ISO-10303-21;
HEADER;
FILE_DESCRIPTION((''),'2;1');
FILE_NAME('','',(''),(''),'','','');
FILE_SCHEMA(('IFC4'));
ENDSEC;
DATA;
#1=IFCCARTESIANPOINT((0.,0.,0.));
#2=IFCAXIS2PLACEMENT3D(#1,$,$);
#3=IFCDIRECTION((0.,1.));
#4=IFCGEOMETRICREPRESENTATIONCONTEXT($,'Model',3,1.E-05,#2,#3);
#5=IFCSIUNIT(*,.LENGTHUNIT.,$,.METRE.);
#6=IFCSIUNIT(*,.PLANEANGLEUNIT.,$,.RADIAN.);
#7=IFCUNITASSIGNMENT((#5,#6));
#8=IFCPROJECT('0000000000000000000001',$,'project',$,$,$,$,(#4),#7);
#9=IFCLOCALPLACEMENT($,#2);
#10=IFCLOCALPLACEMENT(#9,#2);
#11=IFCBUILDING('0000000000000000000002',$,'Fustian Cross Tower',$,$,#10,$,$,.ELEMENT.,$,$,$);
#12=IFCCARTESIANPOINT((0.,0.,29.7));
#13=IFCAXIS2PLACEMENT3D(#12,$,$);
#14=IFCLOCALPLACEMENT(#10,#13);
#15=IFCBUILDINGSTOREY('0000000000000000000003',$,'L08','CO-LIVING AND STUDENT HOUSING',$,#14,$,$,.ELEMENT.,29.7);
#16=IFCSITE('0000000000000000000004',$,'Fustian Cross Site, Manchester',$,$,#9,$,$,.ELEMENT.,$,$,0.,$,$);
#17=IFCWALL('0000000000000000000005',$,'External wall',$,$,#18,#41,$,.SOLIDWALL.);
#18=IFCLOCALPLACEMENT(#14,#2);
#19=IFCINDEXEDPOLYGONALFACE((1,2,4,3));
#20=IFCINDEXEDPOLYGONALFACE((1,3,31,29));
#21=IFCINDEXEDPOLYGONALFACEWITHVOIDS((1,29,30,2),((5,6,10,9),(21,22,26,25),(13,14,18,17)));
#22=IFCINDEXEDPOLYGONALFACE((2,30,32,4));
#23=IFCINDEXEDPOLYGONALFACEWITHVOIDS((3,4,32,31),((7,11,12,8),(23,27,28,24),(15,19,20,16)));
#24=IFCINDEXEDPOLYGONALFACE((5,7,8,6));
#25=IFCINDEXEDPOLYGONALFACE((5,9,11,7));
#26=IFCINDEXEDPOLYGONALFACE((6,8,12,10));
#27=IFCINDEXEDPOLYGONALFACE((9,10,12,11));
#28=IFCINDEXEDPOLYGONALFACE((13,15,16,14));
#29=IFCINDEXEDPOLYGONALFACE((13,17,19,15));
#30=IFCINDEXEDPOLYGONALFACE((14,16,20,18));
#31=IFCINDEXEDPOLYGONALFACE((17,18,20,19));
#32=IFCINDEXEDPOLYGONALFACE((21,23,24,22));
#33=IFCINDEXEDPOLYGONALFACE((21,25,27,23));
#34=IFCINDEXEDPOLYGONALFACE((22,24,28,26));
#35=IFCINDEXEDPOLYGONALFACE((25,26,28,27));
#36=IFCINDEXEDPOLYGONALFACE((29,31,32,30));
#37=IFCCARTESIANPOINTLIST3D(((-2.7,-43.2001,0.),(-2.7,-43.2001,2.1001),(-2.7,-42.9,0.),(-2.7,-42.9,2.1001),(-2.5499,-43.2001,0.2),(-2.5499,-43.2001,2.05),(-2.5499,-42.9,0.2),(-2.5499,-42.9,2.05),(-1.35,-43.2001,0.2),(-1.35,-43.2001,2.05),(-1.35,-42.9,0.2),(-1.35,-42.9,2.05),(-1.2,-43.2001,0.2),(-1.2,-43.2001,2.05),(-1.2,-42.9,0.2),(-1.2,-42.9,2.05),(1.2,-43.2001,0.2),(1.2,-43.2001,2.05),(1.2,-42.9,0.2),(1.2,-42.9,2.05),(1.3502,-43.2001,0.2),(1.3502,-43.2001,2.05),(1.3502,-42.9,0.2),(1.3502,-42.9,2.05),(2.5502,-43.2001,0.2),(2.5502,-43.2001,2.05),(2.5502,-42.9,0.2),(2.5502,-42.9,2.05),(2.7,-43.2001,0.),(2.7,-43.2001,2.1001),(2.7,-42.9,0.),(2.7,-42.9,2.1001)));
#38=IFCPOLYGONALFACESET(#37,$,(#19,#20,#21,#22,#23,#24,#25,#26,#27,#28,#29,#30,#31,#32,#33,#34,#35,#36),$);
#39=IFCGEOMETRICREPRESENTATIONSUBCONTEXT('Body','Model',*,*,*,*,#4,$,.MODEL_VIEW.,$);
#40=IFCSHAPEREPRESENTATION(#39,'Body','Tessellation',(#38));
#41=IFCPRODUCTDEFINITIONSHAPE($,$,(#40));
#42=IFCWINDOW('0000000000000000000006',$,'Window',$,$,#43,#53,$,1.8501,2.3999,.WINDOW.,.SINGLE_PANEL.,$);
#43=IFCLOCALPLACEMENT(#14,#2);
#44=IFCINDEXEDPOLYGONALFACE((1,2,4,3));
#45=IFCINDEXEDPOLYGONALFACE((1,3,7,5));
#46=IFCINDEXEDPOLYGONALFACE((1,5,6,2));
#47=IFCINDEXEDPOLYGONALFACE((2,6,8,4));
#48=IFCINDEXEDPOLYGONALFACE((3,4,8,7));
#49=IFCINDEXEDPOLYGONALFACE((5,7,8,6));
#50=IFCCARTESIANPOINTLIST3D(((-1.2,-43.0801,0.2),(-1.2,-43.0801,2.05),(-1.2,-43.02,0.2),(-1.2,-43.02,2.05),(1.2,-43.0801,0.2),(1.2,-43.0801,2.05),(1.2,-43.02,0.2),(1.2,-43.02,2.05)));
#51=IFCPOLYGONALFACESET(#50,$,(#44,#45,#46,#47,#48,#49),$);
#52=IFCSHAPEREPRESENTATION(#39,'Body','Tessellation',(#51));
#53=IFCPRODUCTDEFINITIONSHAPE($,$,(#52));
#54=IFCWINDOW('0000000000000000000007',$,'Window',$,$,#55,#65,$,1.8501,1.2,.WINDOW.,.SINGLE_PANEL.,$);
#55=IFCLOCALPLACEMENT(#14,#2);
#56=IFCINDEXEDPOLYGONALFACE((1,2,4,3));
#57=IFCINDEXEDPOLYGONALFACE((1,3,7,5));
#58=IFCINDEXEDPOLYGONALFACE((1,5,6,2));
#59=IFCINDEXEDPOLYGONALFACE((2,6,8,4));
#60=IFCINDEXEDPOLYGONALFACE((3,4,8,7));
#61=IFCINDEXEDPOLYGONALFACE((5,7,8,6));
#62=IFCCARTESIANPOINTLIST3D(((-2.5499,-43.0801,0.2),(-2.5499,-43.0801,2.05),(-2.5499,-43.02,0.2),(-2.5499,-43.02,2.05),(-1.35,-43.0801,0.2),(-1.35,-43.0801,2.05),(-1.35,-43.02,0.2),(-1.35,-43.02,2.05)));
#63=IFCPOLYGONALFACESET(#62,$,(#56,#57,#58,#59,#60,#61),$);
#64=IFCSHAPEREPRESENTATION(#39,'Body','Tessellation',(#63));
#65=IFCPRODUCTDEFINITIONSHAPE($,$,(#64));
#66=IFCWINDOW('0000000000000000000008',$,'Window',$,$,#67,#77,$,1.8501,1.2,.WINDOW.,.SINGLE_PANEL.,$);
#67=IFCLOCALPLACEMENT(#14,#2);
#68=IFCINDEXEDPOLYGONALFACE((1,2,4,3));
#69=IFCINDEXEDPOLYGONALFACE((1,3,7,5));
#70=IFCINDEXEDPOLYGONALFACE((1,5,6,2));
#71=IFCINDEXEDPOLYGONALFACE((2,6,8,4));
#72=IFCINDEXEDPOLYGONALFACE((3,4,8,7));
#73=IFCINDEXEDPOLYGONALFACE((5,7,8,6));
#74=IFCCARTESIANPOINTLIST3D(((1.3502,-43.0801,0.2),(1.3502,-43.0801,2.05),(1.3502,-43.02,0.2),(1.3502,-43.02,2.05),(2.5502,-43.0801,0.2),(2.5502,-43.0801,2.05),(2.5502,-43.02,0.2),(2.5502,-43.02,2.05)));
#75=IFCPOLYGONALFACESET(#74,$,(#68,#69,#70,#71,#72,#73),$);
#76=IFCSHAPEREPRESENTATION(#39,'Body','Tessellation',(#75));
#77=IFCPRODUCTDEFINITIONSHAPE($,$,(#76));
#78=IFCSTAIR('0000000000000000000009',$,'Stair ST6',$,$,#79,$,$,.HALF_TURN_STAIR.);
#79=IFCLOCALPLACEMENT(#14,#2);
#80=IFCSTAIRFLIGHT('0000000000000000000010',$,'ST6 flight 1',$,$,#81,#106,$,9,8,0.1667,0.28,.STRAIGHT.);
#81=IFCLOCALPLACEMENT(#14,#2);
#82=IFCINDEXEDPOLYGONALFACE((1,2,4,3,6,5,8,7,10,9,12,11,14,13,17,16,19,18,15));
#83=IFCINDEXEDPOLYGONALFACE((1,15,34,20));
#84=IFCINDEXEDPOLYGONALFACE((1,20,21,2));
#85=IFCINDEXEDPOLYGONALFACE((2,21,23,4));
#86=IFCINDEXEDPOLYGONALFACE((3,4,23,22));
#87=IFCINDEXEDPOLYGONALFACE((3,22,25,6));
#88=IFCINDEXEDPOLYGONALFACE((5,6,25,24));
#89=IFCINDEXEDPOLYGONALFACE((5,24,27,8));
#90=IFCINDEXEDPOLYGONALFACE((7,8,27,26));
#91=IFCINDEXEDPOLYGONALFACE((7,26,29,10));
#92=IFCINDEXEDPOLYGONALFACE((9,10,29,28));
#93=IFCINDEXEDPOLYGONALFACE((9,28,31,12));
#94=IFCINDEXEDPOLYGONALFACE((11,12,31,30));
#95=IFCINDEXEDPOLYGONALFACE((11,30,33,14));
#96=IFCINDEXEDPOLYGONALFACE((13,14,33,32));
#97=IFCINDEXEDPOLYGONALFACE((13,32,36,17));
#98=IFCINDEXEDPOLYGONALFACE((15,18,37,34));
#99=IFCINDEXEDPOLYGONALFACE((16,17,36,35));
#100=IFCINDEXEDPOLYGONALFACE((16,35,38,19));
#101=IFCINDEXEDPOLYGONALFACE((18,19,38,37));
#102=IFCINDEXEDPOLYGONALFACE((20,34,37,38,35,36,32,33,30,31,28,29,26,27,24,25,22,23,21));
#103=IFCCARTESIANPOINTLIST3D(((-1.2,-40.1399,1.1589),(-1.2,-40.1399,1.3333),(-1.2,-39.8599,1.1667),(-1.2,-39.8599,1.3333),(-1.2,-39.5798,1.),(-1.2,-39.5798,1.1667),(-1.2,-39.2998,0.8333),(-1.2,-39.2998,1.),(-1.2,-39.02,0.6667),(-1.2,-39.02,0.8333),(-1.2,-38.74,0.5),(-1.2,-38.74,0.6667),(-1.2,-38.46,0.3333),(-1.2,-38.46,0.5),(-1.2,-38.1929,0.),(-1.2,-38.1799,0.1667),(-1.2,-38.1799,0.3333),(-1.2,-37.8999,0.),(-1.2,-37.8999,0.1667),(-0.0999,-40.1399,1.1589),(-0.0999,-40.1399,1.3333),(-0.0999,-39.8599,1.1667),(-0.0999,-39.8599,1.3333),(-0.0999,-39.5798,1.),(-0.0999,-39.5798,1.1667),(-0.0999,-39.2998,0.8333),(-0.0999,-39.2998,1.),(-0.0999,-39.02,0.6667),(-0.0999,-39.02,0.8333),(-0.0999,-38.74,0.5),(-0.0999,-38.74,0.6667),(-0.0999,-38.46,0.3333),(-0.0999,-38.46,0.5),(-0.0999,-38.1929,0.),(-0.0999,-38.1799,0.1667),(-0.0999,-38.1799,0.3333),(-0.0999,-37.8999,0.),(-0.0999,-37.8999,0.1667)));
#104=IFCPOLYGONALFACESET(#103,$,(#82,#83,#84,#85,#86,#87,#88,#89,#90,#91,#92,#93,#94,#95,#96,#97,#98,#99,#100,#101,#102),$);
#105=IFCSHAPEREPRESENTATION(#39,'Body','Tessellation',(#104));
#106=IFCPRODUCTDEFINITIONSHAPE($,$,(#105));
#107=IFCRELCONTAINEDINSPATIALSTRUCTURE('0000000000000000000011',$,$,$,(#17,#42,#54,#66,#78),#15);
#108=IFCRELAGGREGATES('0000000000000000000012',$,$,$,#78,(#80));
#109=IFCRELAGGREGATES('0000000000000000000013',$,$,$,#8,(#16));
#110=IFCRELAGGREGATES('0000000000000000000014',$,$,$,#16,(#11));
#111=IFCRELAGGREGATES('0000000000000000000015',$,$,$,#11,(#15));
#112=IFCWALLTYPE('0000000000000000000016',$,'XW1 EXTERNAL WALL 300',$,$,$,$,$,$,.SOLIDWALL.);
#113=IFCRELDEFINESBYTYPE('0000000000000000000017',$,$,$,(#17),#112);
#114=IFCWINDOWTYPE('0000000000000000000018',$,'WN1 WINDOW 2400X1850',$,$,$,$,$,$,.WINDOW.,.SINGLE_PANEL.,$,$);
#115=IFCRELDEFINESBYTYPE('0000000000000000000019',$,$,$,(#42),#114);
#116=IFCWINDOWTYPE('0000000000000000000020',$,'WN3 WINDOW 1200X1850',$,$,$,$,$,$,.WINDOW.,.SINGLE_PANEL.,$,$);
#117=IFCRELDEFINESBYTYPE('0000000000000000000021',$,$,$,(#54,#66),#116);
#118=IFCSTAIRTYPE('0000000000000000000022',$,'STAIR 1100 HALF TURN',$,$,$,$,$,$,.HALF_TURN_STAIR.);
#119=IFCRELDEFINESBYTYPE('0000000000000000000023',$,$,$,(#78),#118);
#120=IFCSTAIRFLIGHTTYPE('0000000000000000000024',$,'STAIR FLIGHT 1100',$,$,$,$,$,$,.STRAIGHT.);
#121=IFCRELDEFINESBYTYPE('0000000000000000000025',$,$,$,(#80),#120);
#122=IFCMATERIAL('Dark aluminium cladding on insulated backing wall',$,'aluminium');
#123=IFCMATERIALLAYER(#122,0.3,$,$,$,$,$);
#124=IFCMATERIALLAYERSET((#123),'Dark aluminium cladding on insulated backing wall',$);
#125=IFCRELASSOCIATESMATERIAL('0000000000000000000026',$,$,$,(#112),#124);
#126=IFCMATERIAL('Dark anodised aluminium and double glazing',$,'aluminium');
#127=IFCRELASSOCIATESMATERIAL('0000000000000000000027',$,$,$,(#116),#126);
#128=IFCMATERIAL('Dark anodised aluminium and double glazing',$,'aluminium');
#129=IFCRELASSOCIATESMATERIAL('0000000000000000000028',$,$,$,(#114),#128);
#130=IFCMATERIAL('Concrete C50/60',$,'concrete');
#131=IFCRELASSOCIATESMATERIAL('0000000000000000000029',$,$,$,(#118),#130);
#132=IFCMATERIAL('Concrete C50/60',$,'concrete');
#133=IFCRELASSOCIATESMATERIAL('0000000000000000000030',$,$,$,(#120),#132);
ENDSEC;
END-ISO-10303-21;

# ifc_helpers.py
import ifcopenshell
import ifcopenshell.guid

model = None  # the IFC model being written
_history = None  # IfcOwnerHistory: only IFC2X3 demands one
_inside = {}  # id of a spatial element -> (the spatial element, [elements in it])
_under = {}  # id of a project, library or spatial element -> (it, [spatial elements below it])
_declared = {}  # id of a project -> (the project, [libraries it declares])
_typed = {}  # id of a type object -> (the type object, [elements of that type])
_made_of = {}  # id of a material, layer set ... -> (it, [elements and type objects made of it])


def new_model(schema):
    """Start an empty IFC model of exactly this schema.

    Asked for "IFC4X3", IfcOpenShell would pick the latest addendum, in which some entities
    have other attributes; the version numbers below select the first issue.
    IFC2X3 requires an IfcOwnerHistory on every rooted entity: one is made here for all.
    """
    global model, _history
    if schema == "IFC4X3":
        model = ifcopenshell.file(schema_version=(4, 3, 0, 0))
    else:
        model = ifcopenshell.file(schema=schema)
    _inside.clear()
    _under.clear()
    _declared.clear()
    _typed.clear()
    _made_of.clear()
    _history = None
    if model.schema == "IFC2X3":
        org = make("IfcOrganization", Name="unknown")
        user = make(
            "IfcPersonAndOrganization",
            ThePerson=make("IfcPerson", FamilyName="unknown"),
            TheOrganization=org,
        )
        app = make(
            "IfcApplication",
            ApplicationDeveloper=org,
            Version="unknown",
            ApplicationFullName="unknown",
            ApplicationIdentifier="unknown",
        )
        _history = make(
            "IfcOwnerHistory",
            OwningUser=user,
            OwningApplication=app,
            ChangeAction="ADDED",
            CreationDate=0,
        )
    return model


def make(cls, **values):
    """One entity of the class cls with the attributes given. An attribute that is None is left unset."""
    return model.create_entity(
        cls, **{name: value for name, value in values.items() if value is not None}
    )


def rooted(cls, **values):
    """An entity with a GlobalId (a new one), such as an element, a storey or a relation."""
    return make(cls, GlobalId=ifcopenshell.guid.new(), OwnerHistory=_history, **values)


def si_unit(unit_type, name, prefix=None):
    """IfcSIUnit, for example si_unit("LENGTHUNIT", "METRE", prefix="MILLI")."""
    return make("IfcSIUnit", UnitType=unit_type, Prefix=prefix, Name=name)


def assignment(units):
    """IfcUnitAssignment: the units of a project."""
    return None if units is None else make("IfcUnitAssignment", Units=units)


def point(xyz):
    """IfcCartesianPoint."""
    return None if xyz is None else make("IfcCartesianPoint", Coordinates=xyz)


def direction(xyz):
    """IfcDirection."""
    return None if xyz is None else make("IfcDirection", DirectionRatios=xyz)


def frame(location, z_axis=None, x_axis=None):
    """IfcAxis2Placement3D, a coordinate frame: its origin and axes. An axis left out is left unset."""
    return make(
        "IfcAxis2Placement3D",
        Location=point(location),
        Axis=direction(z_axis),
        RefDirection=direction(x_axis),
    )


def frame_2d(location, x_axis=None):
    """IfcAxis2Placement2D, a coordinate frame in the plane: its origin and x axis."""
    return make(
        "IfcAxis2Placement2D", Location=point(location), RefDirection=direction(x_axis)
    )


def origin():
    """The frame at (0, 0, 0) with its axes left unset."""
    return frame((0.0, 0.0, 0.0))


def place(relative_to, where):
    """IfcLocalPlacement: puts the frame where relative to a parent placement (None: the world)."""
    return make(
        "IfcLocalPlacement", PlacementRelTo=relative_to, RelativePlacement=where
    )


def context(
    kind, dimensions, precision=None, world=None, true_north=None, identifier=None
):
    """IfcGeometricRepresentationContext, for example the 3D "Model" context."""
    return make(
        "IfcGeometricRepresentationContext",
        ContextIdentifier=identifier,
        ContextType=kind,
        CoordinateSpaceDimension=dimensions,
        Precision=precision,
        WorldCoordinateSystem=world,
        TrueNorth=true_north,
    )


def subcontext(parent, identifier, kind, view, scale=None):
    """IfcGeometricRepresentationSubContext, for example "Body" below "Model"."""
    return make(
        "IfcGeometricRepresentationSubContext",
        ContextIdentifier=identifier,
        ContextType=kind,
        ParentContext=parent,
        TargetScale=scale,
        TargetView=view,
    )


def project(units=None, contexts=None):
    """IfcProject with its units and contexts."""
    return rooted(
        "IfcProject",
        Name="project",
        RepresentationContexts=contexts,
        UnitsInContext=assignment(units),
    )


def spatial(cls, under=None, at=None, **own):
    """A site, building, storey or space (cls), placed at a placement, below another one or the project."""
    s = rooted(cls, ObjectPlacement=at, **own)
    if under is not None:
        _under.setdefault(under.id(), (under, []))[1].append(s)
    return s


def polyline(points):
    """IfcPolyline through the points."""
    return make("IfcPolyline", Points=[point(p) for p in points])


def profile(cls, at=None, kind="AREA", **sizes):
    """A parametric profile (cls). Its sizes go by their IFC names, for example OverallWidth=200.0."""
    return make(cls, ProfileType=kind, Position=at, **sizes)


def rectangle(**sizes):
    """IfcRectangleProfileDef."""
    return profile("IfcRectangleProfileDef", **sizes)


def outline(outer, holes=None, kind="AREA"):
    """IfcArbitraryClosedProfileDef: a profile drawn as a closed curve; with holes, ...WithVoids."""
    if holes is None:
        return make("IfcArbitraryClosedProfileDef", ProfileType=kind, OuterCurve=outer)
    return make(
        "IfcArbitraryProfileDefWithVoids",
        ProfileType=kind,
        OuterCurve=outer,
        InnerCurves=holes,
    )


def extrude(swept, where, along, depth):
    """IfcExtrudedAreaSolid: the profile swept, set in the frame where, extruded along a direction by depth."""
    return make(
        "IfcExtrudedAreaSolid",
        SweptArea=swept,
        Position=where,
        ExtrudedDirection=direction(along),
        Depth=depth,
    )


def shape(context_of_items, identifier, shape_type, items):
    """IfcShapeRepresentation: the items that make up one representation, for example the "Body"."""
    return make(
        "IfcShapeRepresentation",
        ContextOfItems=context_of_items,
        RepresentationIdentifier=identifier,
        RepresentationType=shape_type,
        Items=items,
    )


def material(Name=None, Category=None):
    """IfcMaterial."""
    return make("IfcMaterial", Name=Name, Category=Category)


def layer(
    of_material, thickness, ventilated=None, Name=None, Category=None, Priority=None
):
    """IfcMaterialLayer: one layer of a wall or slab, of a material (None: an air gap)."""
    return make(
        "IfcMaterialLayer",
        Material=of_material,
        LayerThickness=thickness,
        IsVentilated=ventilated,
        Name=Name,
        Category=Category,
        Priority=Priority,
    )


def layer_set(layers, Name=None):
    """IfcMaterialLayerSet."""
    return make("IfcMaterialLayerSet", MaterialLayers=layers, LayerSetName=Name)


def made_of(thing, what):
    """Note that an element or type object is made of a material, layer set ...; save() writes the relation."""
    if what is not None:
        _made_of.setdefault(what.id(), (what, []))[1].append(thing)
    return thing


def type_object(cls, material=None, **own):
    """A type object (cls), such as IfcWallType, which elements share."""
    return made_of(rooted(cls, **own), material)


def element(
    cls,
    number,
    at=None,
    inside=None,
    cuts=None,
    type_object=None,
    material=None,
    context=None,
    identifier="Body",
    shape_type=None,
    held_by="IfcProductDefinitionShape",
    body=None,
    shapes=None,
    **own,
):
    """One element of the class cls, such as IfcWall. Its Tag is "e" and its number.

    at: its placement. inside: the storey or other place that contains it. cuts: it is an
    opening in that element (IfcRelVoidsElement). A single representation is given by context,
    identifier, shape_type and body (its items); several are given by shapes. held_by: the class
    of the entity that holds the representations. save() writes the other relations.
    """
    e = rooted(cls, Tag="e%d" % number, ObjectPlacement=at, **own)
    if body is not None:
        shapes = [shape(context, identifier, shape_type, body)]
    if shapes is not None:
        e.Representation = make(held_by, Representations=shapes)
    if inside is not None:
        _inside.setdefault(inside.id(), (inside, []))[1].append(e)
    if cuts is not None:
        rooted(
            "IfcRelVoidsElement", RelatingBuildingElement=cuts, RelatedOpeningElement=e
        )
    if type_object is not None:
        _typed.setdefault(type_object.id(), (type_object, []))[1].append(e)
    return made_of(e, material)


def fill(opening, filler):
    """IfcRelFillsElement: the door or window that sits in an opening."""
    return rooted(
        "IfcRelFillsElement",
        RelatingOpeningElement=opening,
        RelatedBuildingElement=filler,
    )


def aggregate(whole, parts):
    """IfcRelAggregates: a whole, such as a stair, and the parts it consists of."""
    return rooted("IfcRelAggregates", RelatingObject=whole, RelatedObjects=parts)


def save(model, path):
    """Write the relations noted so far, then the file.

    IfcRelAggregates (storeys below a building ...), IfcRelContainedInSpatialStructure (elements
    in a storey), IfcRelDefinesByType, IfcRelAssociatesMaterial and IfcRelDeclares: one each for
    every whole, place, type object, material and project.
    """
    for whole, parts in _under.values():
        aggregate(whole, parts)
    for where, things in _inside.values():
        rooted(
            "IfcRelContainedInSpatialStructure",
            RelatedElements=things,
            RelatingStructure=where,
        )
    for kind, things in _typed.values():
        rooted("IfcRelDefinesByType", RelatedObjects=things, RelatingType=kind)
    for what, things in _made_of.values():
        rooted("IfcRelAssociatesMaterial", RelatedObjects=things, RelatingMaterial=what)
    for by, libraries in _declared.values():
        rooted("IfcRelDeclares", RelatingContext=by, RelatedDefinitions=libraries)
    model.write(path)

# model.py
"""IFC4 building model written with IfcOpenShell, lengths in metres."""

from ifc_helpers import new_model, si_unit, direction, frame, frame_2d, origin, place, context, subcontext, project, spatial, polyline, rectangle, outline, extrude, material, layer, layer_set, type_object, element, fill, aggregate, save


model = new_model("IFC4")

# Units and contexts
model_context = context("Model", 3, precision=1e-05, world=origin(), true_north=direction((0.0, 1.0)))
body_context = subcontext(model_context, "Body", "Model", "MODEL_VIEW")
ifc_project = project(units=[si_unit("LENGTHUNIT", "METRE"), si_unit("PLANEANGLEUNIT", "RADIAN")], contexts=[model_context])

# Site, building, storey
site_placement = place(None, origin())
site = spatial("IfcSite", under=ifc_project, at=site_placement, Name="Fustian Cross Site, Manchester", CompositionType="ELEMENT", RefElevation=0.0)
building_placement = place(site_placement, origin())
building = spatial("IfcBuilding", under=site, at=building_placement, Name="Fustian Cross Tower", CompositionType="ELEMENT")
storey_placement = place(building_placement, frame((0.0, 0.0, 29.7)))
storey = spatial("IfcBuildingStorey", under=building, at=storey_placement, Name="L08", Description="CO-LIVING AND STUDENT HOUSING", CompositionType="ELEMENT", Elevation=29.7)

# Shared definitions
ifc_material_1 = material(Name="Dark aluminium cladding on insulated backing wall", Category="aluminium")
ifc_layer_1 = layer(ifc_material_1, 0.3)
ifc_layer_set_1 = layer_set([ifc_layer_1], Name="Dark aluminium cladding on insulated backing wall")
wall_type_1 = type_object("IfcWallType", Name="XW1 EXTERNAL WALL 300", PredefinedType="SOLIDWALL", material=ifc_layer_set_1)

# Shared definitions
ifc_material_2 = material(Name="Dark anodised aluminium and double glazing", Category="aluminium")
window_type_1 = type_object("IfcWindowType", Name="WN3 WINDOW 1200X1850", PartitioningType="SINGLE_PANEL", PredefinedType="WINDOW", material=ifc_material_2)

# Wall, openings, windows
wall_1_placement = place(storey_placement, frame((-2.7, -43.05, 0.0), z_axis=(0.0, 0.0, 1.0), x_axis=(1.0, 0.0, 0.0)))
wall_1 = element("IfcWall", 1, at=wall_1_placement, inside=storey, type_object=wall_type_1, Name="External wall", PredefinedType="SOLIDWALL", context=body_context, shape_type="SweptSolid", body=[
    extrude(rectangle(XDim=5.3999, YDim=0.3, at=frame_2d((2.7, 0.0))), origin(), (0.0, 0.0, 1.0), 2.1001),
])
opening_1_placement = place(wall_1_placement, frame((1.5, 0.0, 0.2)))
opening_1 = element("IfcOpeningElement", 2, at=opening_1_placement, cuts=wall_1, PredefinedType="OPENING", context=body_context, shape_type="SweptSolid", body=[
    extrude(rectangle(XDim=2.3999, YDim=1.8501, at=frame_2d((1.2, 0.925))), frame((0.0, 0.1599, 0.0), z_axis=(0.0, -1.0, 0.0), x_axis=(1.0, 0.0, 0.0)), (0.0, 0.0, 1.0), 0.3201),
])
opening_2_placement = place(wall_1_placement, frame((0.1499, 0.0, 0.2)))
opening_2 = element("IfcOpeningElement", 3, at=opening_2_placement, cuts=wall_1, PredefinedType="OPENING", context=body_context, shape_type="SweptSolid", body=[
    extrude(rectangle(XDim=1.2, YDim=1.8501, at=frame_2d((0.6001, 0.925))), frame((0.0, 0.1599, 0.0), z_axis=(0.0, -1.0, 0.0), x_axis=(1.0, 0.0, 0.0)), (0.0, 0.0, 1.0), 0.3201),
])
opening_3_placement = place(wall_1_placement, frame((4.05, 0.0, 0.2)))
opening_3 = element("IfcOpeningElement", 4, at=opening_3_placement, cuts=wall_1, PredefinedType="OPENING", context=body_context, shape_type="SweptSolid", body=[
    extrude(rectangle(XDim=1.2, YDim=1.8501, at=frame_2d((0.6001, 0.925))), frame((0.0, 0.1599, 0.0), z_axis=(0.0, -1.0, 0.0), x_axis=(1.0, 0.0, 0.0)), (0.0, 0.0, 1.0), 0.3201),
])
ifc_material_3 = material(Name="Dark anodised aluminium and double glazing", Category="aluminium")
window_type_2 = type_object("IfcWindowType", Name="WN1 WINDOW 2400X1850", PartitioningType="SINGLE_PANEL", PredefinedType="WINDOW", material=ifc_material_3)
window_1_placement = place(opening_1_placement, origin())
window_1 = element("IfcWindow", 5, at=window_1_placement, inside=storey, type_object=window_type_2, Name="Window", OverallHeight=1.8501, OverallWidth=2.3999, PartitioningType="SINGLE_PANEL", PredefinedType="WINDOW", context=body_context, shape_type="SweptSolid", body=[
    extrude(rectangle(XDim=2.3999, YDim=1.8501, at=frame_2d((1.2, 0.925))), frame((0.0, 0.03, 0.0), z_axis=(0.0, -1.0, 0.0), x_axis=(1.0, 0.0, 0.0)), (0.0, 0.0, 1.0), 0.0601),
])
fill(opening_1, window_1)
window_2_placement = place(opening_2_placement, origin())
window_2 = element("IfcWindow", 6, at=window_2_placement, inside=storey, type_object=window_type_1, Name="Window", OverallHeight=1.8501, OverallWidth=1.2, PartitioningType="SINGLE_PANEL", PredefinedType="WINDOW", context=body_context, shape_type="SweptSolid", body=[
    extrude(rectangle(XDim=1.2, YDim=1.8501, at=frame_2d((0.6001, 0.925))), frame((0.0, 0.03, 0.0), z_axis=(0.0, -1.0, 0.0), x_axis=(1.0, 0.0, 0.0)), (0.0, 0.0, 1.0), 0.0601),
])
fill(opening_2, window_2)
window_3_placement = place(opening_3_placement, origin())
window_3 = element("IfcWindow", 7, at=window_3_placement, inside=storey, type_object=window_type_1, Name="Window", OverallHeight=1.8501, OverallWidth=1.2, PartitioningType="SINGLE_PANEL", PredefinedType="WINDOW", context=body_context, shape_type="SweptSolid", body=[
    extrude(rectangle(XDim=1.2, YDim=1.8501, at=frame_2d((0.6001, 0.925))), frame((0.0, 0.03, 0.0), z_axis=(0.0, -1.0, 0.0), x_axis=(1.0, 0.0, 0.0)), (0.0, 0.0, 1.0), 0.0601),
])
fill(opening_3, window_3)

# Stair, stair flight
ifc_material_4 = material(Name="Concrete C50/60", Category="concrete")
stair_type = type_object("IfcStairType", Name="STAIR 1100 HALF TURN", PredefinedType="HALF_TURN_STAIR", material=ifc_material_4)
stair_placement = place(storey_placement, origin())
stair = element("IfcStair", 8, at=stair_placement, inside=storey, type_object=stair_type, Name="Stair ST6", PredefinedType="HALF_TURN_STAIR")
ifc_material_5 = material(Name="Concrete C50/60", Category="concrete")
stair_flight_type = type_object("IfcStairFlightType", Name="STAIR FLIGHT 1100", PredefinedType="STRAIGHT", material=ifc_material_5)
stair_flight_placement = place(storey_placement, frame((-0.6499, -37.8999, 0.0), z_axis=(0.0, 0.0, 1.0), x_axis=(0.0, -1.0, 0.0)))
stair_flight = element("IfcStairFlight", 9, at=stair_flight_placement, type_object=stair_flight_type, Name="ST6 flight 1", NumberOfRisers=9, NumberOfTreads=8, PredefinedType="STRAIGHT", RiserHeight=0.1667, TreadLength=0.28, context=body_context, shape_type="SweptSolid", body=[
    extrude(outline(polyline([(0.0, 0.0), (0.0, 0.1667), (0.28, 0.1667), (0.28, 0.3333), (0.5601, 0.3333), (0.5601, 0.5), (0.8401, 0.5), (0.8401, 0.6667), (1.1201, 0.6667), (1.1201, 0.8333), (1.3999, 0.8333), (1.3999, 1.0), (1.6799, 1.0), (1.6799, 1.1667), (1.96, 1.1667), (1.96, 1.3333), (2.24, 1.3333), (2.24, 1.5), (2.24, 1.1589), (0.293, 0.0), (0.0, 0.0)])), frame((0.0, 0.55, 0.0), z_axis=(0.0, -1.0, 0.0), x_axis=(1.0, 0.0, 0.0)), (0.0, 0.0, 1.0), 1.1001),
])
aggregate(stair, [stair_flight])

save(model, "model.ifc")
